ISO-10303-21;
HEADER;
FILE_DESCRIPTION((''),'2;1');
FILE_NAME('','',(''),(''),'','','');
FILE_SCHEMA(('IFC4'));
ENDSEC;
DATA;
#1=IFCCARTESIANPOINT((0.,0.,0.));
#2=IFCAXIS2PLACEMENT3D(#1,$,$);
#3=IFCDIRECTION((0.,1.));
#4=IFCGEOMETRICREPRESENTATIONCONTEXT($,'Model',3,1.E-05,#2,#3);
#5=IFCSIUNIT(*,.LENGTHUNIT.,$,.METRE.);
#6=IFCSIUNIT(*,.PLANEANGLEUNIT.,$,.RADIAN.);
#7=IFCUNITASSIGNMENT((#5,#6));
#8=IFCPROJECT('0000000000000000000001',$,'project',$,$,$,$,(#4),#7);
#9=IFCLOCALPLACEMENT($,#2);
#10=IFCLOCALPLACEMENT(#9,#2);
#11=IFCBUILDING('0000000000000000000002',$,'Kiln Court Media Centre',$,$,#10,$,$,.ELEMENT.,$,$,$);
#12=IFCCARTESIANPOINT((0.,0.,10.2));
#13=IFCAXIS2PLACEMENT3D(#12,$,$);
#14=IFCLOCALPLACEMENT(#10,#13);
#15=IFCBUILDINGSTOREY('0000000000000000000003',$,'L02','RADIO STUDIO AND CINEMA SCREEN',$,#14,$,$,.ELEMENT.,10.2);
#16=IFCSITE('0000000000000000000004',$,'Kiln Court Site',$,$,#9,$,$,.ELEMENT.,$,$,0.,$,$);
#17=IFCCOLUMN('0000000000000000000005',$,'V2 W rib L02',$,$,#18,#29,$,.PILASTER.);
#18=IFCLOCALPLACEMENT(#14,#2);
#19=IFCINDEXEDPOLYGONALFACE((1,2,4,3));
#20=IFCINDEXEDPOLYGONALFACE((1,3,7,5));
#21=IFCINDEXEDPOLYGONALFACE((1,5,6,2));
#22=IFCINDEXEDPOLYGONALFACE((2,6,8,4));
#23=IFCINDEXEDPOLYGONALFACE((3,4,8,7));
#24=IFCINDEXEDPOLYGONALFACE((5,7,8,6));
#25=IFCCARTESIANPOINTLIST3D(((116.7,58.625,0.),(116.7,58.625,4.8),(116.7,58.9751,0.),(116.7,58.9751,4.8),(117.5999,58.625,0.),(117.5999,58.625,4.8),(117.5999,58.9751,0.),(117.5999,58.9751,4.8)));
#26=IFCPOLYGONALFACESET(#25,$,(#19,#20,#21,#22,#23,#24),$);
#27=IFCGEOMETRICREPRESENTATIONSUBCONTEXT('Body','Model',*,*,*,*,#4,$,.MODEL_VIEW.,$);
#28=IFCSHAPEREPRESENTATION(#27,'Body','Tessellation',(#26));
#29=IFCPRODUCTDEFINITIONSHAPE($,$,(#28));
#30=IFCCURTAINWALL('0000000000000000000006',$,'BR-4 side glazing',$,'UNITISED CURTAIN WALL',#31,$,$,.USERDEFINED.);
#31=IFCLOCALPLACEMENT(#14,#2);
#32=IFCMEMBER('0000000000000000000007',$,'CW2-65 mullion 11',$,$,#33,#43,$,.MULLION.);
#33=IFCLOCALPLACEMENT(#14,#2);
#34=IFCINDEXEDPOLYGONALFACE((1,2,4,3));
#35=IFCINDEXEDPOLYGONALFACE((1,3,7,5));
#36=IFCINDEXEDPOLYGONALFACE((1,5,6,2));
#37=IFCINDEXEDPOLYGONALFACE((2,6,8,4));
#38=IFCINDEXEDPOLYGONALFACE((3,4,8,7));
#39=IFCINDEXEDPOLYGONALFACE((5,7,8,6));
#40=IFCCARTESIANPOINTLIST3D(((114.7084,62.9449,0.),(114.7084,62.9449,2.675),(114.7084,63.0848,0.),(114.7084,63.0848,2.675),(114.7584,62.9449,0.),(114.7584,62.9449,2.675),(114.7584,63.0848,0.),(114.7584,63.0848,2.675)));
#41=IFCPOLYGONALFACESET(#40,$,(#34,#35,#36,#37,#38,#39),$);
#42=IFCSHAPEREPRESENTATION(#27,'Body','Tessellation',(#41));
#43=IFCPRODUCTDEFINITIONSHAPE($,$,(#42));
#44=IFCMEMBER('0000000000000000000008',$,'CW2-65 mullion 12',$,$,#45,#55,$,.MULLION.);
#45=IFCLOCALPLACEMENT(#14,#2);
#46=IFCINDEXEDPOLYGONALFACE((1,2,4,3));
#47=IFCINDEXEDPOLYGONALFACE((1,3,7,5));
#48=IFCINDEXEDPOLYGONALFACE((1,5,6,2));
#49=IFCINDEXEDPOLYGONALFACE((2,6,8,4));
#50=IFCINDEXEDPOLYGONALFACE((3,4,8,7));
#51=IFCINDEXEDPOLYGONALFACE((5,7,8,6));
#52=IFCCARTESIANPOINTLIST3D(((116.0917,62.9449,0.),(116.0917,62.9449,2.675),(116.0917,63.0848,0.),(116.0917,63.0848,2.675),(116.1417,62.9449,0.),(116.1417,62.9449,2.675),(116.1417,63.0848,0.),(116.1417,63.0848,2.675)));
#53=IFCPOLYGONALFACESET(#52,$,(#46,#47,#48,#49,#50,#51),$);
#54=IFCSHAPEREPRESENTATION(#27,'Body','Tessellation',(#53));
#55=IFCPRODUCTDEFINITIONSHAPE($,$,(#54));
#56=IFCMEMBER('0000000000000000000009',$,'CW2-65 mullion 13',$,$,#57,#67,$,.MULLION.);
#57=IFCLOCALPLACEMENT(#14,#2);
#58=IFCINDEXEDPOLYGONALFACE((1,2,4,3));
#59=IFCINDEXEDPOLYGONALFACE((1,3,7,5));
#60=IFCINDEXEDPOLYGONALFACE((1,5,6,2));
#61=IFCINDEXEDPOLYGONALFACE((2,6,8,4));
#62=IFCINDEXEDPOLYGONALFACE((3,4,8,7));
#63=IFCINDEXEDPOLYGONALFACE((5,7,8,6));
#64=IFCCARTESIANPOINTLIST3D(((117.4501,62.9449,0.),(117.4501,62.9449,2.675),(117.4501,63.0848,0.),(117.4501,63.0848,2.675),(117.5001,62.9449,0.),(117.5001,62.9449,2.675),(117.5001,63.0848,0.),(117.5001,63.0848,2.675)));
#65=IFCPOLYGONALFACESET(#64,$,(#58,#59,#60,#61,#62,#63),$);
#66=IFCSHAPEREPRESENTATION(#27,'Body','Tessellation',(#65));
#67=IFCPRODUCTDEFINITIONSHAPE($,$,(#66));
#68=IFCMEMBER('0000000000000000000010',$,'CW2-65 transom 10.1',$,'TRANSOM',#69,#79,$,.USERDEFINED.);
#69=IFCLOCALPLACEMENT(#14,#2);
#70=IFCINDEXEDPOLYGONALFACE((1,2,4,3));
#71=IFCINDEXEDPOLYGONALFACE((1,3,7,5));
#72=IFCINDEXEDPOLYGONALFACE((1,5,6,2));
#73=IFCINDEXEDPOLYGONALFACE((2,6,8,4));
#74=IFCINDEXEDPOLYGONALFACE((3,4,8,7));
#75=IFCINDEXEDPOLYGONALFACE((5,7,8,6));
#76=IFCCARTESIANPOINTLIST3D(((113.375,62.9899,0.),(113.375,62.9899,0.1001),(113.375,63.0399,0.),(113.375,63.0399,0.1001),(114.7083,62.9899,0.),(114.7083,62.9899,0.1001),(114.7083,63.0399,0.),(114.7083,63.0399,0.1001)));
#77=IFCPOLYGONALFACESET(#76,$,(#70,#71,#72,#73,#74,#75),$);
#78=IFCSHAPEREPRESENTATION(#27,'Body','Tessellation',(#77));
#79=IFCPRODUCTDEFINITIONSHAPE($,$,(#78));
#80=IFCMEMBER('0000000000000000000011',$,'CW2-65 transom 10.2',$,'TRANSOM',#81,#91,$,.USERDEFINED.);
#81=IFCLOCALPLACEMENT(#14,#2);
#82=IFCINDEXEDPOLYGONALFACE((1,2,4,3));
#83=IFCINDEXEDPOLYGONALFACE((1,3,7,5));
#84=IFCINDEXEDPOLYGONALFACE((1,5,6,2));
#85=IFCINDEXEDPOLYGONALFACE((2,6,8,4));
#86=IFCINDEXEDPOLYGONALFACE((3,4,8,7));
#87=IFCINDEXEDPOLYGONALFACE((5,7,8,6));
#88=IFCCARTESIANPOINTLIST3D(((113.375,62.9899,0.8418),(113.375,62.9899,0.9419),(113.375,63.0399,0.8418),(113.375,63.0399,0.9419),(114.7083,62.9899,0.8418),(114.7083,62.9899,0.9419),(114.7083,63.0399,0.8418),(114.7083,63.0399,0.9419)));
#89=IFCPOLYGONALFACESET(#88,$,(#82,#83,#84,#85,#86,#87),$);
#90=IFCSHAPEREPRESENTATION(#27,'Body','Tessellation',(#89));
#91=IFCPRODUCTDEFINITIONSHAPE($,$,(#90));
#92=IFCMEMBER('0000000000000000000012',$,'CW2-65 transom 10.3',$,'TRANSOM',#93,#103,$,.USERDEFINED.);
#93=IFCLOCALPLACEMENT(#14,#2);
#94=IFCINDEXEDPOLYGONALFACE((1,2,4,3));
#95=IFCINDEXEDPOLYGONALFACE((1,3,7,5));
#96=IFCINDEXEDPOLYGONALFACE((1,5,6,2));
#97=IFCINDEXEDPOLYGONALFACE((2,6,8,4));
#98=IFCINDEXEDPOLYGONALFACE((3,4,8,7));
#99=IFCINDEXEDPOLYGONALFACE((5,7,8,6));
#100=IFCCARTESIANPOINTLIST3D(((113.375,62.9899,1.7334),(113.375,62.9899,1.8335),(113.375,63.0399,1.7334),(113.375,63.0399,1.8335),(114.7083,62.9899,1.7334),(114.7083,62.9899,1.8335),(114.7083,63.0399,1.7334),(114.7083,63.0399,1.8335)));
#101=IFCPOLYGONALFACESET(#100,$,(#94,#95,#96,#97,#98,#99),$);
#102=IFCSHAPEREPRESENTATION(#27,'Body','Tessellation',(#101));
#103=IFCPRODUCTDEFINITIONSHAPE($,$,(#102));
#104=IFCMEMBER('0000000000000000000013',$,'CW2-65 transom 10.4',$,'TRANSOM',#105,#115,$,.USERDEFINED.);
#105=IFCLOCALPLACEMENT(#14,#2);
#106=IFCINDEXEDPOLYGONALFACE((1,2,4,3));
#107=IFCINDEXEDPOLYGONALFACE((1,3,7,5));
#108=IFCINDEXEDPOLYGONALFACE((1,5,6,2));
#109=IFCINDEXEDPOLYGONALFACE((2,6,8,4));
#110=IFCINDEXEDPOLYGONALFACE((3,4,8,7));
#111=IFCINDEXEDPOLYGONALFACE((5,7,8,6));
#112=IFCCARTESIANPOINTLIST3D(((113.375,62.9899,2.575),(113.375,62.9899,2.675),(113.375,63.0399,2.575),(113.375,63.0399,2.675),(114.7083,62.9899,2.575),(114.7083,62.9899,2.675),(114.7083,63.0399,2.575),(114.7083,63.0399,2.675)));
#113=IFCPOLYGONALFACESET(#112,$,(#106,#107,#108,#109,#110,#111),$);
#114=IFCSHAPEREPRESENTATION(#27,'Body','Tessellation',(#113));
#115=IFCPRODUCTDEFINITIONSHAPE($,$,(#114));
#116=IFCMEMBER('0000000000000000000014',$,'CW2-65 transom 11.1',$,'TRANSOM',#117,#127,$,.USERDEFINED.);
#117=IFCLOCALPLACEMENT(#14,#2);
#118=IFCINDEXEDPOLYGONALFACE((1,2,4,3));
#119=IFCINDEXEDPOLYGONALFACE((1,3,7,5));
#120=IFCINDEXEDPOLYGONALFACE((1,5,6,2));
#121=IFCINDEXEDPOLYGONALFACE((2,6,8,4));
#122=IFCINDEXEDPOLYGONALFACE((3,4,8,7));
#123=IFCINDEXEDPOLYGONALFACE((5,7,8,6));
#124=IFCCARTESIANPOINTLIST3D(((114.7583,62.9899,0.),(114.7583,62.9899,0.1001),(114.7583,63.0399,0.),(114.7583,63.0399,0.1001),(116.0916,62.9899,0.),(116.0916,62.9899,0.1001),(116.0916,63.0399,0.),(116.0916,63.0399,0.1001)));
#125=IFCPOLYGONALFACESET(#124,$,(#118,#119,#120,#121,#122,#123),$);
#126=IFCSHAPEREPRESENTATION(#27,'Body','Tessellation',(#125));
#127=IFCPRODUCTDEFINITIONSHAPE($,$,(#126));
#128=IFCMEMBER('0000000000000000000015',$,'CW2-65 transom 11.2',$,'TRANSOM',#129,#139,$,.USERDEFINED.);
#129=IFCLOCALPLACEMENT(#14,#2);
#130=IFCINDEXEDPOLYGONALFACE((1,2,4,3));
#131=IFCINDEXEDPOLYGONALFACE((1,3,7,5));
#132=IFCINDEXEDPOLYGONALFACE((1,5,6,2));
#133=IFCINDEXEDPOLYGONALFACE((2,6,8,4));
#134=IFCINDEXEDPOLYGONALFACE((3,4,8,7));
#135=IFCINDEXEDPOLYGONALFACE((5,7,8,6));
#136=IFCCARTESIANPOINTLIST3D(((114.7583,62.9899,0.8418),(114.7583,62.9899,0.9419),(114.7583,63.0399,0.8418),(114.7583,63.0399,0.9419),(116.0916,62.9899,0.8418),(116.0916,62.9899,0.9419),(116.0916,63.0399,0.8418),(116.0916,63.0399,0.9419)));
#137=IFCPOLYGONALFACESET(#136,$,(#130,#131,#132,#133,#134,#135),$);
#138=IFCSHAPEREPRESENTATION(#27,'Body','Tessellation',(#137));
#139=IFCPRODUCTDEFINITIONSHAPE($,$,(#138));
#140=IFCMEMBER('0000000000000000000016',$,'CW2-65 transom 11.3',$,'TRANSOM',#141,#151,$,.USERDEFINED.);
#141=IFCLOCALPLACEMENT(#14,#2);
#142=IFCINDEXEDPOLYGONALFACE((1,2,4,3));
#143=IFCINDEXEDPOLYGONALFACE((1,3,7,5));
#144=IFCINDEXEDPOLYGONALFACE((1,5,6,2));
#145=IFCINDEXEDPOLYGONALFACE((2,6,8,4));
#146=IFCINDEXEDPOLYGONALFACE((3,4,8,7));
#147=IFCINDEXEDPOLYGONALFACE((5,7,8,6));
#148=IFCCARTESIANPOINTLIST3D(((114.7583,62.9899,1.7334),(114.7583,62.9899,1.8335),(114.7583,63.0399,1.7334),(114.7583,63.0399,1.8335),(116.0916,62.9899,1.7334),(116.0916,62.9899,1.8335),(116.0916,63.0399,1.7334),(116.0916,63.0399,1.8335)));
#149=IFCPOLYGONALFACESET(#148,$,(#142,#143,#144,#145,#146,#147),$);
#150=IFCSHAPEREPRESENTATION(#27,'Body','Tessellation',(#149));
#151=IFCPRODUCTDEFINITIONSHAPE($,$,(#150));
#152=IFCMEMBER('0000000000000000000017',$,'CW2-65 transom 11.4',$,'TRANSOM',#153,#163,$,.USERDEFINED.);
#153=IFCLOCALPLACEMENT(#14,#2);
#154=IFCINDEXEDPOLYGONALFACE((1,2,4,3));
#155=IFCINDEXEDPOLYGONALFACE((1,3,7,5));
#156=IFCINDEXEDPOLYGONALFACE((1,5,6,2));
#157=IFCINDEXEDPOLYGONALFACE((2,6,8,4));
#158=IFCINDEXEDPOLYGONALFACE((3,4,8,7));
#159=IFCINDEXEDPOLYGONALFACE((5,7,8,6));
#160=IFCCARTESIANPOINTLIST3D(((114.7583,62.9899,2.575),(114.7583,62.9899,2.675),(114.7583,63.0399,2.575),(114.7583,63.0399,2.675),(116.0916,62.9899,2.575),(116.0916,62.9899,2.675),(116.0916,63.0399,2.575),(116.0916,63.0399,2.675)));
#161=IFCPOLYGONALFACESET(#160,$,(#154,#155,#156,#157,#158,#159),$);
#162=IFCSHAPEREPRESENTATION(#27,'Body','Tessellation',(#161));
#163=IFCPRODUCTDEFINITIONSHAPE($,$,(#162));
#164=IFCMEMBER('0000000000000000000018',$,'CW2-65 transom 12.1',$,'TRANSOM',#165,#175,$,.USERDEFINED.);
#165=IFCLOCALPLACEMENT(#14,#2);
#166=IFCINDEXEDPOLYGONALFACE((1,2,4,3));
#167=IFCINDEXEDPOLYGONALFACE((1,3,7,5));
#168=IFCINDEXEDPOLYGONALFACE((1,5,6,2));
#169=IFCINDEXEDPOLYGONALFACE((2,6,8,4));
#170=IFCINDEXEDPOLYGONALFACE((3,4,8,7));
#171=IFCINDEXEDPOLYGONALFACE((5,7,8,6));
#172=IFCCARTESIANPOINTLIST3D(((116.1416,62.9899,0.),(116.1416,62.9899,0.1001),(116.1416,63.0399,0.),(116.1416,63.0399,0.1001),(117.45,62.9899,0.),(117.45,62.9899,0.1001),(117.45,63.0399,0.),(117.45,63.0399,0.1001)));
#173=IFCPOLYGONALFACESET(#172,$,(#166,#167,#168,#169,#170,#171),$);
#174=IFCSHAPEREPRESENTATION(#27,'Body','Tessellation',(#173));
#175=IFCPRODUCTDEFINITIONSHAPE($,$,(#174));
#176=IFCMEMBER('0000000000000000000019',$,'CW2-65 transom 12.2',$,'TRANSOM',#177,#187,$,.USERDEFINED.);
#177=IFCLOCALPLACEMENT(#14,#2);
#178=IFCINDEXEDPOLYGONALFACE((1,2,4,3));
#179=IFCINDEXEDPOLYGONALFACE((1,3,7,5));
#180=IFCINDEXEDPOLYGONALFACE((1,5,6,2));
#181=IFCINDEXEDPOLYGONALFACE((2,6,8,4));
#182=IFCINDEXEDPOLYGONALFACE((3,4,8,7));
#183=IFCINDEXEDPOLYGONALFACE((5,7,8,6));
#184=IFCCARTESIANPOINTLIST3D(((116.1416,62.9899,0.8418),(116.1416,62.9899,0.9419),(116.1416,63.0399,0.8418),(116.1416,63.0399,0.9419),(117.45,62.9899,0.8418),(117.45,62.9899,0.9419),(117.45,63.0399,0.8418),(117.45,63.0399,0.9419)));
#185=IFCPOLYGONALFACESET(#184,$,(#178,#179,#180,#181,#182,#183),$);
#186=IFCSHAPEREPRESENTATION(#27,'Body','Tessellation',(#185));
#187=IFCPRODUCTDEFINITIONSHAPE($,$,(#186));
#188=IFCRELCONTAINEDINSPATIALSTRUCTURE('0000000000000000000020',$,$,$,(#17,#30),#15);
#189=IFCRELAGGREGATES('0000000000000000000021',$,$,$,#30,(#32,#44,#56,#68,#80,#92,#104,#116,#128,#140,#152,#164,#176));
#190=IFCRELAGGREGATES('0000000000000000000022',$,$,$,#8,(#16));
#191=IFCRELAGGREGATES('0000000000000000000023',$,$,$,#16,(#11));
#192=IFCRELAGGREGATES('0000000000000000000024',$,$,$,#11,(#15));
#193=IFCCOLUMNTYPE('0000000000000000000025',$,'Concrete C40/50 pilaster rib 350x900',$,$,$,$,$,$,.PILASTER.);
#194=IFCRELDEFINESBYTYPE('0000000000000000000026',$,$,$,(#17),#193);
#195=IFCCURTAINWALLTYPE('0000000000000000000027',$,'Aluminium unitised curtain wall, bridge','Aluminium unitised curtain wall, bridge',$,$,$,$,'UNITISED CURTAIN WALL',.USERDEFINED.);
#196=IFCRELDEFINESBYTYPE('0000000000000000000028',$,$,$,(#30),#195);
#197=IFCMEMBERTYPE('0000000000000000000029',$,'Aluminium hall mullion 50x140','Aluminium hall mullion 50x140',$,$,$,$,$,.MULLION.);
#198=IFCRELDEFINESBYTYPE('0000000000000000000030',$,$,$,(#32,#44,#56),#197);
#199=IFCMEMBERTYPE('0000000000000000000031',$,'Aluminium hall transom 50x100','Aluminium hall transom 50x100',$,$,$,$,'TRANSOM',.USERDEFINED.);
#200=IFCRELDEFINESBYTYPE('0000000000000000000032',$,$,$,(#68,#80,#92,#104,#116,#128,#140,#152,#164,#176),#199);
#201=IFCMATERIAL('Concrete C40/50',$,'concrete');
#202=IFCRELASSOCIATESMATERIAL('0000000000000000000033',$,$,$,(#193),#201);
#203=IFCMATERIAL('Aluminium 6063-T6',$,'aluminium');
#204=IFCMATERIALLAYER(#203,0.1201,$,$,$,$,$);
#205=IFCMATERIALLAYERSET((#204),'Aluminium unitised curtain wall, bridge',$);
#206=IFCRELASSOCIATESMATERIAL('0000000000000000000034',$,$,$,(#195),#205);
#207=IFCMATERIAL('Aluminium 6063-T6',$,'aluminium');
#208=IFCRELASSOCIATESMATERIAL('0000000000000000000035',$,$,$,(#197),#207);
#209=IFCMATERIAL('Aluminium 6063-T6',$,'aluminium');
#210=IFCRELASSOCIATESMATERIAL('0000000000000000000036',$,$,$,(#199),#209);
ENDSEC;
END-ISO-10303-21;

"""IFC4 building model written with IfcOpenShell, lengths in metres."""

from ifc_helpers import new_model, si_unit, direction, frame, origin, origin_2d, place, context, subcontext, project, spatial, rectangle, extrude, material, layer, layer_set, material_profile, profile_set, type_object, element, aggregate, save


model = new_model("IFC4")

# Units and contexts
model_context = context("Model", 3, precision=1e-05, world=origin(), true_north=direction((0.0, 1.0)))
body_context = subcontext(model_context, "Body", "Model", "MODEL_VIEW")
ifc_project = project(units=[si_unit("LENGTHUNIT", "METRE"), si_unit("PLANEANGLEUNIT", "RADIAN")], contexts=[model_context])

# Site, building, storey
site_placement = place(None, origin())
site = spatial("IfcSite", under=ifc_project, at=site_placement, Name="Kiln Court Site", CompositionType="ELEMENT", RefElevation=0.0)
building_placement = place(site_placement, origin())
building = spatial("IfcBuilding", under=site, at=building_placement, Name="Kiln Court Media Centre", CompositionType="ELEMENT")
storey_placement = place(building_placement, frame((0.0, 0.0, 10.2)))
storey = spatial("IfcBuildingStorey", under=building, at=storey_placement, Name="L02", Description="RADIO STUDIO AND CINEMA SCREEN", CompositionType="ELEMENT", Elevation=10.2)

# Column
ifc_material_1 = material(Name="Concrete C40/50", Category="concrete")
ifc_material_profile_1 = material_profile(ifc_material_1, rectangle(XDim=0.3501, YDim=0.8999, at=origin_2d()), Name="RC 350x900")
ifc_profile_set_1 = profile_set([ifc_material_profile_1], Name="Concrete C40/50")
column_type = type_object("IfcColumnType", Name="Concrete C40/50 pilaster rib 350x900", PredefinedType="PILASTER", material=ifc_profile_set_1)
column_placement = place(storey_placement, frame((117.1499, 58.8, 0.0), z_axis=(0.0, 0.0, 1.0), x_axis=(0.0, 1.0, 0.0)))
element("IfcColumn", 1, at=column_placement, inside=storey, type_object=column_type, Name="V2 W rib L02", PredefinedType="PILASTER", context=body_context, shape_type="SweptSolid", body=[
    extrude(rectangle(XDim=0.3501, YDim=0.8999, at=origin_2d()), origin(), (0.0, 0.0, 1.0), 4.8),
])

# Curtain wall, members
ifc_material_2 = material(Name="Aluminium 6063-T6", Category="aluminium")
ifc_layer_1 = layer(ifc_material_2, 0.1201)
ifc_layer_set_1 = layer_set([ifc_layer_1], Name="Aluminium unitised curtain wall, bridge")
curtain_wall_type = type_object("IfcCurtainWallType", Name="Aluminium unitised curtain wall, bridge", Description="Aluminium unitised curtain wall, bridge", ElementType="UNITISED CURTAIN WALL", PredefinedType="USERDEFINED", material=ifc_layer_set_1)
curtain_wall_placement = place(storey_placement, origin())
curtain_wall = element("IfcCurtainWall", 2, at=curtain_wall_placement, inside=storey, type_object=curtain_wall_type, Name="BR-4 side glazing", ObjectType="UNITISED CURTAIN WALL", PredefinedType="USERDEFINED")
ifc_material_3 = material(Name="Aluminium 6063-T6", Category="aluminium")
ifc_material_profile_2 = material_profile(ifc_material_3, rectangle(XDim=0.05, YDim=0.1399, at=origin_2d()), Name="Aluminium hall mullion 50x140")
ifc_profile_set_2 = profile_set([ifc_material_profile_2], Name="Aluminium 6063-T6")
member_type_1 = type_object("IfcMemberType", Name="Aluminium hall mullion 50x140", Description="Aluminium hall mullion 50x140", PredefinedType="MULLION", material=ifc_profile_set_2)
member_1_placement = place(storey_placement, frame((114.7334, 63.0149, 0.0), z_axis=(0.0, 0.0, 1.0), x_axis=(1.0, 0.0, 0.0)))
member_1 = element("IfcMember", 3, at=member_1_placement, type_object=member_type_1, Name="CW2-65 mullion 11", PredefinedType="MULLION", context=body_context, shape_type="SweptSolid", body=[
    extrude(rectangle(XDim=0.05, YDim=0.1399, at=origin_2d()), origin(), (0.0, 0.0, 1.0), 2.675),
])
member_2_placement = place(storey_placement, frame((116.1167, 63.0149, 0.0), z_axis=(0.0, 0.0, 1.0), x_axis=(1.0, 0.0, 0.0)))
member_2 = element("IfcMember", 4, at=member_2_placement, type_object=member_type_1, Name="CW2-65 mullion 12", PredefinedType="MULLION", context=body_context, shape_type="SweptSolid", body=[
    extrude(rectangle(XDim=0.05, YDim=0.1399, at=origin_2d()), origin(), (0.0, 0.0, 1.0), 2.675),
])
member_3_placement = place(storey_placement, frame((117.4751, 63.0149, 0.0), z_axis=(0.0, 0.0, 1.0), x_axis=(1.0, 0.0, 0.0)))
member_3 = element("IfcMember", 5, at=member_3_placement, type_object=member_type_1, Name="CW2-65 mullion 13", PredefinedType="MULLION", context=body_context, shape_type="SweptSolid", body=[
    extrude(rectangle(XDim=0.05, YDim=0.1399, at=origin_2d()), origin(), (0.0, 0.0, 1.0), 2.675),
])
ifc_material_4 = material(Name="Aluminium 6063-T6", Category="aluminium")
ifc_material_profile_3 = material_profile(ifc_material_4, rectangle(XDim=0.05, YDim=0.1001, at=origin_2d()), Name="Aluminium hall transom 50x100")
ifc_profile_set_3 = profile_set([ifc_material_profile_3], Name="Aluminium 6063-T6")
member_type_2 = type_object("IfcMemberType", Name="Aluminium hall transom 50x100", Description="Aluminium hall transom 50x100", ElementType="TRANSOM", PredefinedType="USERDEFINED", material=ifc_profile_set_3)
member_4_placement = place(storey_placement, frame((113.375, 63.0149, 0.05), z_axis=(1.0, 0.0, 0.0), x_axis=(0.0, 1.0, 0.0)))
member_4 = element("IfcMember", 6, at=member_4_placement, type_object=member_type_2, Name="CW2-65 transom 10.1", ObjectType="TRANSOM", PredefinedType="USERDEFINED", context=body_context, shape_type="SweptSolid", body=[
    extrude(rectangle(XDim=0.05, YDim=0.1001, at=origin_2d()), origin(), (0.0, 0.0, 1.0), 1.3333),
])
member_5_placement = place(storey_placement, frame((113.375, 63.0149, 0.8918), z_axis=(1.0, 0.0, 0.0), x_axis=(0.0, 1.0, 0.0)))
member_5 = element("IfcMember", 7, at=member_5_placement, type_object=member_type_2, Name="CW2-65 transom 10.2", ObjectType="TRANSOM", PredefinedType="USERDEFINED", context=body_context, shape_type="SweptSolid", body=[
    extrude(rectangle(XDim=0.05, YDim=0.1001, at=origin_2d()), origin(), (0.0, 0.0, 1.0), 1.3333),
])
member_6_placement = place(storey_placement, frame((113.375, 63.0149, 1.7834), z_axis=(1.0, 0.0, 0.0), x_axis=(0.0, 1.0, 0.0)))
member_6 = element("IfcMember", 8, at=member_6_placement, type_object=member_type_2, Name="CW2-65 transom 10.3", ObjectType="TRANSOM", PredefinedType="USERDEFINED", context=body_context, shape_type="SweptSolid", body=[
    extrude(rectangle(XDim=0.05, YDim=0.1001, at=origin_2d()), origin(), (0.0, 0.0, 1.0), 1.3333),
])
member_7_placement = place(storey_placement, frame((113.375, 63.0149, 2.625), z_axis=(1.0, 0.0, 0.0), x_axis=(0.0, 1.0, 0.0)))
member_7 = element("IfcMember", 9, at=member_7_placement, type_object=member_type_2, Name="CW2-65 transom 10.4", ObjectType="TRANSOM", PredefinedType="USERDEFINED", context=body_context, shape_type="SweptSolid", body=[
    extrude(rectangle(XDim=0.05, YDim=0.1001, at=origin_2d()), origin(), (0.0, 0.0, 1.0), 1.3333),
])
member_8_placement = place(storey_placement, frame((114.7583, 63.0149, 0.05), z_axis=(1.0, 0.0, 0.0), x_axis=(0.0, 1.0, 0.0)))
member_8 = element("IfcMember", 10, at=member_8_placement, type_object=member_type_2, Name="CW2-65 transom 11.1", ObjectType="TRANSOM", PredefinedType="USERDEFINED", context=body_context, shape_type="SweptSolid", body=[
    extrude(rectangle(XDim=0.05, YDim=0.1001, at=origin_2d()), origin(), (0.0, 0.0, 1.0), 1.3333),
])
member_9_placement = place(storey_placement, frame((114.7583, 63.0149, 0.8918), z_axis=(1.0, 0.0, 0.0), x_axis=(0.0, 1.0, 0.0)))
member_9 = element("IfcMember", 11, at=member_9_placement, type_object=member_type_2, Name="CW2-65 transom 11.2", ObjectType="TRANSOM", PredefinedType="USERDEFINED", context=body_context, shape_type="SweptSolid", body=[
    extrude(rectangle(XDim=0.05, YDim=0.1001, at=origin_2d()), origin(), (0.0, 0.0, 1.0), 1.3333),
])
member_10_placement = place(storey_placement, frame((114.7583, 63.0149, 1.7834), z_axis=(1.0, 0.0, 0.0), x_axis=(0.0, 1.0, 0.0)))
member_10 = element("IfcMember", 12, at=member_10_placement, type_object=member_type_2, Name="CW2-65 transom 11.3", ObjectType="TRANSOM", PredefinedType="USERDEFINED", context=body_context, shape_type="SweptSolid", body=[
    extrude(rectangle(XDim=0.05, YDim=0.1001, at=origin_2d()), origin(), (0.0, 0.0, 1.0), 1.3333),
])
member_11_placement = place(storey_placement, frame((114.7583, 63.0149, 2.625), z_axis=(1.0, 0.0, 0.0), x_axis=(0.0, 1.0, 0.0)))
member_11 = element("IfcMember", 13, at=member_11_placement, type_object=member_type_2, Name="CW2-65 transom 11.4", ObjectType="TRANSOM", PredefinedType="USERDEFINED", context=body_context, shape_type="SweptSolid", body=[
    extrude(rectangle(XDim=0.05, YDim=0.1001, at=origin_2d()), origin(), (0.0, 0.0, 1.0), 1.3333),
])
member_12_placement = place(storey_placement, frame((116.1416, 63.0149, 0.05), z_axis=(1.0, 0.0, 0.0), x_axis=(0.0, 1.0, 0.0)))
member_12 = element("IfcMember", 14, at=member_12_placement, type_object=member_type_2, Name="CW2-65 transom 12.1", ObjectType="TRANSOM", PredefinedType="USERDEFINED", context=body_context, shape_type="SweptSolid", body=[
    extrude(rectangle(XDim=0.05, YDim=0.1001, at=origin_2d()), origin(), (0.0, 0.0, 1.0), 1.3083),
])
member_13_placement = place(storey_placement, frame((116.1416, 63.0149, 0.8918), z_axis=(1.0, 0.0, 0.0), x_axis=(0.0, 1.0, 0.0)))
member_13 = element("IfcMember", 15, at=member_13_placement, type_object=member_type_2, Name="CW2-65 transom 12.2", ObjectType="TRANSOM", PredefinedType="USERDEFINED", context=body_context, shape_type="SweptSolid", body=[
    extrude(rectangle(XDim=0.05, YDim=0.1001, at=origin_2d()), origin(), (0.0, 0.0, 1.0), 1.3083),
])

aggregate(curtain_wall, [member_1, member_2, member_3, member_4, member_5, member_6, member_7, member_8, member_9, member_10, member_11, member_12, member_13])

save(model, "model.ifc")
